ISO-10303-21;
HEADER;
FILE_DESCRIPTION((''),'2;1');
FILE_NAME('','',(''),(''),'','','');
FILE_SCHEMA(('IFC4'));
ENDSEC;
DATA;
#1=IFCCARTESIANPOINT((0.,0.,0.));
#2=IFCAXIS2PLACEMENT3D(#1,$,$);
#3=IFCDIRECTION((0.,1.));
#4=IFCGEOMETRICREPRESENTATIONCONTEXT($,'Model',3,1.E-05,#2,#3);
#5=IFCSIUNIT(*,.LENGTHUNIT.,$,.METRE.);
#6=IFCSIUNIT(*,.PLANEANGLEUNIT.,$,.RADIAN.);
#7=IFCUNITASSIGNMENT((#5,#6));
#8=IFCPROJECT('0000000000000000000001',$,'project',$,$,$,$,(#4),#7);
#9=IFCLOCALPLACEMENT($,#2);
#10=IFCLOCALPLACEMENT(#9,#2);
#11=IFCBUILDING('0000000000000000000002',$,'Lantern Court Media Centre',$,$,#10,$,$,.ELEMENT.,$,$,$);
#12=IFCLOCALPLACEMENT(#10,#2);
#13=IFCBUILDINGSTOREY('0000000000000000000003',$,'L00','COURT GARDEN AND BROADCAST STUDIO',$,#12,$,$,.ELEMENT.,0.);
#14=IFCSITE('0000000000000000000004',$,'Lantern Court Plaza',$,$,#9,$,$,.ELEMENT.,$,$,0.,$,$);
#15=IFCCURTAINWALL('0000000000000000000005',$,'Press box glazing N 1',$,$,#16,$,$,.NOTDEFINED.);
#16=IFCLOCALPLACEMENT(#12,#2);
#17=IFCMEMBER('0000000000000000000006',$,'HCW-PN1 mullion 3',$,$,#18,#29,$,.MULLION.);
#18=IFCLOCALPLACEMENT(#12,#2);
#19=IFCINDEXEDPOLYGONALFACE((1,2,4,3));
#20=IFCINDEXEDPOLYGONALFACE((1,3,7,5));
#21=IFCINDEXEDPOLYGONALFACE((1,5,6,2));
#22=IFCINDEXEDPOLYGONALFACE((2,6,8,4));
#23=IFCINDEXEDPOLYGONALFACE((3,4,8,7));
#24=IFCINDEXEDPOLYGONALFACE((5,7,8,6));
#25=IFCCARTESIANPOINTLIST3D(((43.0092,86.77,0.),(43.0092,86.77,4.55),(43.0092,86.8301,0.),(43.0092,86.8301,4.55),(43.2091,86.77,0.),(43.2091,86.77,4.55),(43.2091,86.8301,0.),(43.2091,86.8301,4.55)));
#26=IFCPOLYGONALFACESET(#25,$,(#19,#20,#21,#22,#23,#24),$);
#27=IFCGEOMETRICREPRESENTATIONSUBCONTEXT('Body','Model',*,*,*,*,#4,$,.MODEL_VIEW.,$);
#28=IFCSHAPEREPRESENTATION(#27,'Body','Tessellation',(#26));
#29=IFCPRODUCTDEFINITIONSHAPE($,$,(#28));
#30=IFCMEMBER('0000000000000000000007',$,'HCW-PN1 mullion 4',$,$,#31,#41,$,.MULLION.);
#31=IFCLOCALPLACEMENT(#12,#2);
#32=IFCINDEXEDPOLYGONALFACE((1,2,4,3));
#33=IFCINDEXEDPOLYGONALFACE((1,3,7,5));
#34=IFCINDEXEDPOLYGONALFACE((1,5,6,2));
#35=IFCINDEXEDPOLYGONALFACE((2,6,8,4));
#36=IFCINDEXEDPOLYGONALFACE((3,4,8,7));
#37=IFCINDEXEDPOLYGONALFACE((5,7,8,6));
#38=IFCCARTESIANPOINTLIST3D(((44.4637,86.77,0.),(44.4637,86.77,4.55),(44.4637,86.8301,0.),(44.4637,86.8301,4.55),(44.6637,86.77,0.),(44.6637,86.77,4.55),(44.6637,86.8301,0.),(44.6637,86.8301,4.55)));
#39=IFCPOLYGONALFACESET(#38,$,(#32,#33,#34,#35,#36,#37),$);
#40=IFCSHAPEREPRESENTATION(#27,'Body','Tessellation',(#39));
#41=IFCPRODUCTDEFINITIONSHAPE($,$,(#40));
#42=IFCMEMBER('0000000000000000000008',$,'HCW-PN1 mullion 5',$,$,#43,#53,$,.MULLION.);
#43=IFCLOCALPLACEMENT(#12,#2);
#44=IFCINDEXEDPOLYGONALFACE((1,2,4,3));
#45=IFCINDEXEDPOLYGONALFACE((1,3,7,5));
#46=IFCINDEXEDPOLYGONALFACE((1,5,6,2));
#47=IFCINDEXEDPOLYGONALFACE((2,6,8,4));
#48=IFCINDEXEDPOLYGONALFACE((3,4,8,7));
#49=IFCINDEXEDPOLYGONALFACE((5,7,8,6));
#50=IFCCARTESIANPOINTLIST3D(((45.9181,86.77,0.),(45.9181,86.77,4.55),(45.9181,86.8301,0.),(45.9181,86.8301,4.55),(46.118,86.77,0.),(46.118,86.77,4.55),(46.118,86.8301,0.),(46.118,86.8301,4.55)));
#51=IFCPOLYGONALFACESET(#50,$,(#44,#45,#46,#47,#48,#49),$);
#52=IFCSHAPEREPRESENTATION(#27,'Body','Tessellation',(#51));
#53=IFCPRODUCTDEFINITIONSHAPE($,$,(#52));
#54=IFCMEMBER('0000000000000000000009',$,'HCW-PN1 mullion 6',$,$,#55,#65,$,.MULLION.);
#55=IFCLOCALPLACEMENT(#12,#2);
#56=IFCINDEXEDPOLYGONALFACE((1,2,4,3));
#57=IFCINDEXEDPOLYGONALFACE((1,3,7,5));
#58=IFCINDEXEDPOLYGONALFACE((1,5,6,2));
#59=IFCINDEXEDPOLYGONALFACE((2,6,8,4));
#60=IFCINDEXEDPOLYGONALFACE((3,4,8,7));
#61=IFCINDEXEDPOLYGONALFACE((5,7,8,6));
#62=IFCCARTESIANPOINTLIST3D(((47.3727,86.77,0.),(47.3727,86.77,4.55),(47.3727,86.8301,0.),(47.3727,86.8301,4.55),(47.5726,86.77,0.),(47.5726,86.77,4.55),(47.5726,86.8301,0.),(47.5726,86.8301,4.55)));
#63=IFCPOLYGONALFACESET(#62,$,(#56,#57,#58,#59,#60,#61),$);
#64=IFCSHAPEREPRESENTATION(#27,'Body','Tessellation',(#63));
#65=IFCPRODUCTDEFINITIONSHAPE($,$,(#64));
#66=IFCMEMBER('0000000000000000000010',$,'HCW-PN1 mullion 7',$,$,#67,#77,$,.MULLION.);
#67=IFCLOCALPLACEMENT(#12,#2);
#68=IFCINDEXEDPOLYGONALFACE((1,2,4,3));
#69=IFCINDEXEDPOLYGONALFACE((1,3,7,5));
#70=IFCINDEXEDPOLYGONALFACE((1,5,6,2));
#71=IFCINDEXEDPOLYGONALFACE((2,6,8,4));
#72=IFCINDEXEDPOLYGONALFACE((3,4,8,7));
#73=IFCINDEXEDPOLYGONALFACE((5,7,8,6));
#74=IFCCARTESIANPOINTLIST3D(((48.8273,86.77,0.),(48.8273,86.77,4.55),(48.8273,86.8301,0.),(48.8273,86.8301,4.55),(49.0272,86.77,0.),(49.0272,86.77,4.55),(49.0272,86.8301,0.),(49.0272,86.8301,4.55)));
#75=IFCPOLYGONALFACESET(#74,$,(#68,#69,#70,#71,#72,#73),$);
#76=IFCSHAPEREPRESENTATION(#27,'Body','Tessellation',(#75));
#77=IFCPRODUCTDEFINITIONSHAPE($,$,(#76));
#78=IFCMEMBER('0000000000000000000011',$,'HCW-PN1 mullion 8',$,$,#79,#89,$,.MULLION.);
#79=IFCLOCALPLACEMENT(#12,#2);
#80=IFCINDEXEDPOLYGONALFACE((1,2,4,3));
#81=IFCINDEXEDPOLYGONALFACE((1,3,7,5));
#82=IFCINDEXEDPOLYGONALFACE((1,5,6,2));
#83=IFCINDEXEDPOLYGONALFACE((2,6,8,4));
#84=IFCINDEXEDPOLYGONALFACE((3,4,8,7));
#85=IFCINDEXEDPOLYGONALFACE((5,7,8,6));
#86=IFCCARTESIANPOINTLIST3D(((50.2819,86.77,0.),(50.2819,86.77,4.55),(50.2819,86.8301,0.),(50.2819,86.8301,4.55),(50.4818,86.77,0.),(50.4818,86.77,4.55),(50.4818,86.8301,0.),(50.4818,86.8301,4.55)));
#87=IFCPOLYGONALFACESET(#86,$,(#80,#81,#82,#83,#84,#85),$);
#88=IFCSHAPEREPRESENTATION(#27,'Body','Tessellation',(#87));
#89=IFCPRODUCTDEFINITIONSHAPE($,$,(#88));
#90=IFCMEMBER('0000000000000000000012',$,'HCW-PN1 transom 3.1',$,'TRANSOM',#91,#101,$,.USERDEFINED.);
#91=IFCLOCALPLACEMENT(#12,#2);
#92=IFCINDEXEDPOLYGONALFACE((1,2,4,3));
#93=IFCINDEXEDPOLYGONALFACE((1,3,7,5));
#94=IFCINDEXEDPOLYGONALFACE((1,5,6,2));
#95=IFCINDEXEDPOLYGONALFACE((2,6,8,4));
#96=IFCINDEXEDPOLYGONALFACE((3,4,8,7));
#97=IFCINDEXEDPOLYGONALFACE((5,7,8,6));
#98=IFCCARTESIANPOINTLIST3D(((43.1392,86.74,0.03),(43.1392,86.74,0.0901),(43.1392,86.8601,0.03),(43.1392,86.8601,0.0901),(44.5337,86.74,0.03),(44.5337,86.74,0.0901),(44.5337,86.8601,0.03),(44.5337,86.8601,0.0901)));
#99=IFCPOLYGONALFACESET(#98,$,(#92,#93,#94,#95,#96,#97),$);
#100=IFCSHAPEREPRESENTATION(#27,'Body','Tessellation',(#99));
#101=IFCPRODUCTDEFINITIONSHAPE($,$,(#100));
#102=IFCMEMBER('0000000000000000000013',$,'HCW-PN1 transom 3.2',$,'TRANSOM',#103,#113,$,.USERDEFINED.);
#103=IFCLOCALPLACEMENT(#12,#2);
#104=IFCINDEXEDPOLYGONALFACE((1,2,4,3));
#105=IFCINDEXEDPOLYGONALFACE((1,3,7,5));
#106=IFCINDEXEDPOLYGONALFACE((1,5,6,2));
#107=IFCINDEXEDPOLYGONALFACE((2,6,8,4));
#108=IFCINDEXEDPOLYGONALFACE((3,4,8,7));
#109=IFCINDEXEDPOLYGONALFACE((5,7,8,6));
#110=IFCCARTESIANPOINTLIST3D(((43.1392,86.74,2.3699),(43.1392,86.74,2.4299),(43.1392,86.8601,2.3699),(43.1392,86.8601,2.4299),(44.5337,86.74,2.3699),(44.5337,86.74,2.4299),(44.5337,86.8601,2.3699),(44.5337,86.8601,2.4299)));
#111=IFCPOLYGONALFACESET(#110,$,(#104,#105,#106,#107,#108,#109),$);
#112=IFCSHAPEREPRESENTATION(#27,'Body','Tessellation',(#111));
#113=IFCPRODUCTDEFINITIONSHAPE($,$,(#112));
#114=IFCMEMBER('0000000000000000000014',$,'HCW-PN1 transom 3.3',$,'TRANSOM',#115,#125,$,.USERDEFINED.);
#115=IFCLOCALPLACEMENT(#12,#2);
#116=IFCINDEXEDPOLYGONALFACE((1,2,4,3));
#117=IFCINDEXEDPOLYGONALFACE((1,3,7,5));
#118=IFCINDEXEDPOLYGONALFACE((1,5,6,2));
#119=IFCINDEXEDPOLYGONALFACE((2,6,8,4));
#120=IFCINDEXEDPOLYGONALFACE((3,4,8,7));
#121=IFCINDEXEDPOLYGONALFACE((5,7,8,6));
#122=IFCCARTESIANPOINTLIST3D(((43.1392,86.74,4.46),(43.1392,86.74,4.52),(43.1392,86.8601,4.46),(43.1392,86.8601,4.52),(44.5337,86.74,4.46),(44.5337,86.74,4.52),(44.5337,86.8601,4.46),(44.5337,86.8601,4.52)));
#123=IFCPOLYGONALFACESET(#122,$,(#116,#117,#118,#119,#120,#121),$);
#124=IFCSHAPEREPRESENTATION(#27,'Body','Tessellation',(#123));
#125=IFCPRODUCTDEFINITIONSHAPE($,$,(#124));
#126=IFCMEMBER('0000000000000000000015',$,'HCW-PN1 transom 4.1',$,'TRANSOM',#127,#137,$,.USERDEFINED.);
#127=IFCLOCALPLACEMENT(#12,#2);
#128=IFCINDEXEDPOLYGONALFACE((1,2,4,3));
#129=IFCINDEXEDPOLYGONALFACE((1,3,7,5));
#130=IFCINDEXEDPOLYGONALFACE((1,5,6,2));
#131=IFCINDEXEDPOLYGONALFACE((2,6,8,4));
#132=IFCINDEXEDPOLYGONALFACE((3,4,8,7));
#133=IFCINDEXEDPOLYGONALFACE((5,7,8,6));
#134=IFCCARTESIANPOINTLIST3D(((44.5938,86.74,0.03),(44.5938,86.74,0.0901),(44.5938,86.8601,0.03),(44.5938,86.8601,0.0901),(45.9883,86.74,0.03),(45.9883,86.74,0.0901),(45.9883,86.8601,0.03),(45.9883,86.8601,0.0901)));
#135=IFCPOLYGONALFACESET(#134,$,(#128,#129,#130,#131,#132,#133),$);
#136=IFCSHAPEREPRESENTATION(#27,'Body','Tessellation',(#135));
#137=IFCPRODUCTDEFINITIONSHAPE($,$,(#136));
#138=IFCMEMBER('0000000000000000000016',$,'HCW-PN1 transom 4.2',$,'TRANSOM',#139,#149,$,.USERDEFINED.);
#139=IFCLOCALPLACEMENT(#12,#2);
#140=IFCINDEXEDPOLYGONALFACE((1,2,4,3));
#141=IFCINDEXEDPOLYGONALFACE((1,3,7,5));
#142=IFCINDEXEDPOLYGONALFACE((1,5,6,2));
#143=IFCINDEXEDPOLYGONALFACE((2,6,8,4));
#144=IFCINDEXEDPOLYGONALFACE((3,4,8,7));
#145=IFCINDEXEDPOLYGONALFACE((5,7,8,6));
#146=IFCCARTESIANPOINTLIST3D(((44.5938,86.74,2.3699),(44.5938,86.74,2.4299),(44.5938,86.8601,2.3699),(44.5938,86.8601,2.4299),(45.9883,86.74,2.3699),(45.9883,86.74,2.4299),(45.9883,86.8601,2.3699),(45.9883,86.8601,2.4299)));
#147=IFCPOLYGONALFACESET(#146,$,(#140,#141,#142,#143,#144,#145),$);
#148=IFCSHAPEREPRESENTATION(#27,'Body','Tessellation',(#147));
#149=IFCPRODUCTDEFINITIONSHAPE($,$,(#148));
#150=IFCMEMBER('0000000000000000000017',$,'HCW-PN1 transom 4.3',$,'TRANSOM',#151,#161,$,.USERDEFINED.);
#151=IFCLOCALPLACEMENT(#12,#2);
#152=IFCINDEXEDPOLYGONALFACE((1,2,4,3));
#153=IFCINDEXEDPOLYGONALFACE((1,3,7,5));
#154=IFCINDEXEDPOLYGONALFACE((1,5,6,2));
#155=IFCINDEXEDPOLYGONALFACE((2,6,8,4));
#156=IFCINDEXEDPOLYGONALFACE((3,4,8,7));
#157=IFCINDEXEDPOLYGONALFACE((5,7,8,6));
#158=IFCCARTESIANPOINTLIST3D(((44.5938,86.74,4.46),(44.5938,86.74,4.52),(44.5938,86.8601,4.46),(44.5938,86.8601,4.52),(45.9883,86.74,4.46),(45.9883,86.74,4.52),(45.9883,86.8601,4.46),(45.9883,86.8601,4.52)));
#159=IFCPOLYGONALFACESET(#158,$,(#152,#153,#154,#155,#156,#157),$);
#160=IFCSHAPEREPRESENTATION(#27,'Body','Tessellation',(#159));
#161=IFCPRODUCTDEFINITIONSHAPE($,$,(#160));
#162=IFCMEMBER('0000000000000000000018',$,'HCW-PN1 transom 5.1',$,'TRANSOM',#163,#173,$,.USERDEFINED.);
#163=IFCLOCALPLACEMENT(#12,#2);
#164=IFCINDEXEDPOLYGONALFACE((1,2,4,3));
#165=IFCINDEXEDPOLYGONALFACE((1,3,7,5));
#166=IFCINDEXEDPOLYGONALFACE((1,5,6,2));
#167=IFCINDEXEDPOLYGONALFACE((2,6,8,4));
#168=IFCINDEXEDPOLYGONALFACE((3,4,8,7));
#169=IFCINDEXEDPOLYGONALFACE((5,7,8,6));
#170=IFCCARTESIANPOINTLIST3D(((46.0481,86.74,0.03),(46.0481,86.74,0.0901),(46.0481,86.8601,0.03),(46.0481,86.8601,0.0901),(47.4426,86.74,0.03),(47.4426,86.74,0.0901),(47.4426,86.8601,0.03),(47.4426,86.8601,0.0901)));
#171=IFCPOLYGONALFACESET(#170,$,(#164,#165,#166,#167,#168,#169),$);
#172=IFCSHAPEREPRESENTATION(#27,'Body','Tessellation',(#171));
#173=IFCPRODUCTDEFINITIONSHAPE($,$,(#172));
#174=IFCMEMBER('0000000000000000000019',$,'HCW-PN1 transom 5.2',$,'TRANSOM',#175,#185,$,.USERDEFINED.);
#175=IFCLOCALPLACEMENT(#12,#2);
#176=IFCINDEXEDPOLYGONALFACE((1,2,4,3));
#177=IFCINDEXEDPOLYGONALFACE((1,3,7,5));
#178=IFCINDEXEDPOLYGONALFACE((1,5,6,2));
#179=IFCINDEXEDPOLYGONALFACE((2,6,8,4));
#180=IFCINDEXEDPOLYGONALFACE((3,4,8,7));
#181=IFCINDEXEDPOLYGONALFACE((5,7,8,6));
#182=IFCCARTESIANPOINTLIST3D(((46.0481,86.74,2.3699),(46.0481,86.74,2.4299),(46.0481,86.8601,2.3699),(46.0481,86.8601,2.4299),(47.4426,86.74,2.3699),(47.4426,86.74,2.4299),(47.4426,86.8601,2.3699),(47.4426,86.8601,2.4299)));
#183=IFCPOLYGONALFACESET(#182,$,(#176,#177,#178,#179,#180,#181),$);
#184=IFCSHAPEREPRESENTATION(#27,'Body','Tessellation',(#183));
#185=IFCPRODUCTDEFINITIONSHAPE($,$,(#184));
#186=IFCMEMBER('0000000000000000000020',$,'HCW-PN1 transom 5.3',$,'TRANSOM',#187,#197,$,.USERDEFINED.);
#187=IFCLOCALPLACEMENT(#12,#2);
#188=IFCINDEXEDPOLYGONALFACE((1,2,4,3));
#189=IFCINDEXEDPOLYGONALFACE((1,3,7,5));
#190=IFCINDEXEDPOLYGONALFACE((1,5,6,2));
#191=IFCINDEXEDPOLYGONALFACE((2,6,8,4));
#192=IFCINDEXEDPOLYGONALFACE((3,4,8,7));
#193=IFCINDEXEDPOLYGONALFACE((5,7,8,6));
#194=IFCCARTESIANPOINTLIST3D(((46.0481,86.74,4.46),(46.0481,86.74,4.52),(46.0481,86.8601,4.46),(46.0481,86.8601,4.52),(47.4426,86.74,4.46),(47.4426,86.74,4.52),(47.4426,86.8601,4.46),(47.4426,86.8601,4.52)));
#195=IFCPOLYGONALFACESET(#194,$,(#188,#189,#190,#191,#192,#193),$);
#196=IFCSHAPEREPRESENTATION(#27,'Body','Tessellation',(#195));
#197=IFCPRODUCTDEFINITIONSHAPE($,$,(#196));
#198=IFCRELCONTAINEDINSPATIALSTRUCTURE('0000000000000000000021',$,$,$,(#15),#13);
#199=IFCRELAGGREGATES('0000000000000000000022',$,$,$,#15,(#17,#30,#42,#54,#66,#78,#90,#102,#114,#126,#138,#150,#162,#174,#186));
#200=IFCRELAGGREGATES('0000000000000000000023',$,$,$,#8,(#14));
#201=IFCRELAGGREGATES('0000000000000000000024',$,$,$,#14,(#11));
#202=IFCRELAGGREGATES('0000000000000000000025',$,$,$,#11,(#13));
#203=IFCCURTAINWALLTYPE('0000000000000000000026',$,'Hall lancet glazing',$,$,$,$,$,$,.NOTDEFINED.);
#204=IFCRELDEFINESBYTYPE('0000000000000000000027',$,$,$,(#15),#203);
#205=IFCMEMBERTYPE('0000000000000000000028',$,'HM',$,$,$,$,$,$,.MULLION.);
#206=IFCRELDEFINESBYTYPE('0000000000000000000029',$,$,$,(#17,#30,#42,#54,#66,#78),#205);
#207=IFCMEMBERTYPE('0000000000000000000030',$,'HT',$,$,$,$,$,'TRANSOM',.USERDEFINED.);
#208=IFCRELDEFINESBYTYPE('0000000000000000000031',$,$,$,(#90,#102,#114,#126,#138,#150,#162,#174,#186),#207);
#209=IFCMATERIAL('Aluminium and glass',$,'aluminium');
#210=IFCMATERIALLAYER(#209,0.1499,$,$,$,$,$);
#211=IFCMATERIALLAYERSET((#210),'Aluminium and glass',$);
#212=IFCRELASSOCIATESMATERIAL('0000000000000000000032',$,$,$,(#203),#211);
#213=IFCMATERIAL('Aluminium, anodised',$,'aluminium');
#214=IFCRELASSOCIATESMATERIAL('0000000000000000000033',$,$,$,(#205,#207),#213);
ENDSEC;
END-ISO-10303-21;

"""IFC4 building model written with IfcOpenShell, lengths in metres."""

from ifc_helpers import new_model, si_unit, direction, frame, origin, origin_2d, place, context, subcontext, project, spatial, rectangle, extrude, material, layer, layer_set, material_profile, profile_set, type_object, element, aggregate, save


model = new_model("IFC4")

# Units and contexts
model_context = context("Model", 3, precision=1e-05, world=origin(), true_north=direction((0.0, 1.0)))
body_context = subcontext(model_context, "Body", "Model", "MODEL_VIEW")
ifc_project = project(units=[si_unit("LENGTHUNIT", "METRE"), si_unit("PLANEANGLEUNIT", "RADIAN")], contexts=[model_context])

# Site, building, storey
site_placement = place(None, origin())
site = spatial("IfcSite", under=ifc_project, at=site_placement, Name="Lantern Court Plaza", CompositionType="ELEMENT", RefElevation=0.0)
building_placement = place(site_placement, origin())
building = spatial("IfcBuilding", under=site, at=building_placement, Name="Lantern Court Media Centre", CompositionType="ELEMENT")
storey_placement = place(building_placement, origin())
storey = spatial("IfcBuildingStorey", under=building, at=storey_placement, Name="L00", Description="COURT GARDEN AND BROADCAST STUDIO", CompositionType="ELEMENT", Elevation=0.0)

# Curtain wall, members
ifc_material_1 = material(Name="Aluminium and glass", Category="aluminium")
ifc_layer_1 = layer(ifc_material_1, 0.1499)
ifc_layer_set_1 = layer_set([ifc_layer_1], Name="Aluminium and glass")
curtain_wall_type = type_object("IfcCurtainWallType", Name="Hall lancet glazing", PredefinedType="NOTDEFINED", material=ifc_layer_set_1)
curtain_wall_placement = place(storey_placement, origin())
curtain_wall = element("IfcCurtainWall", 1, at=curtain_wall_placement, inside=storey, type_object=curtain_wall_type, Name="Press box glazing N 1", PredefinedType="NOTDEFINED")
ifc_material_2 = material(Name="Aluminium, anodised", Category="aluminium")
ifc_material_profile_1 = material_profile(ifc_material_2, rectangle(XDim=0.0601, YDim=0.2, at=origin_2d()), Name="HM")
ifc_profile_set_1 = profile_set([ifc_material_profile_1], Name="Aluminium, anodised")
member_type_1 = type_object("IfcMemberType", Name="HM", PredefinedType="MULLION", material=ifc_profile_set_1)
member_1_placement = place(storey_placement, frame((43.1091, 86.8, 0.0), z_axis=(0.0, 0.0, 1.0), x_axis=(0.0, 1.0, 0.0)))
member_1 = element("IfcMember", 2, at=member_1_placement, type_object=member_type_1, Name="HCW-PN1 mullion 3", PredefinedType="MULLION", context=body_context, shape_type="SweptSolid", body=[
    extrude(rectangle(XDim=0.0601, YDim=0.2, at=origin_2d()), origin(), (0.0, 0.0, 1.0), 4.55),
])
member_2_placement = place(storey_placement, frame((44.5637, 86.8, 0.0), z_axis=(0.0, 0.0, 1.0), x_axis=(0.0, 1.0, 0.0)))
member_2 = element("IfcMember", 3, at=member_2_placement, type_object=member_type_1, Name="HCW-PN1 mullion 4", PredefinedType="MULLION", context=body_context, shape_type="SweptSolid", body=[
    extrude(rectangle(XDim=0.0601, YDim=0.2, at=origin_2d()), origin(), (0.0, 0.0, 1.0), 4.55),
])
member_3_placement = place(storey_placement, frame((46.0181, 86.8, 0.0), z_axis=(0.0, 0.0, 1.0), x_axis=(0.0, 1.0, 0.0)))
member_3 = element("IfcMember", 4, at=member_3_placement, type_object=member_type_1, Name="HCW-PN1 mullion 5", PredefinedType="MULLION", context=body_context, shape_type="SweptSolid", body=[
    extrude(rectangle(XDim=0.0601, YDim=0.2, at=origin_2d()), origin(), (0.0, 0.0, 1.0), 4.55),
])
member_4_placement = place(storey_placement, frame((47.4727, 86.8, 0.0), z_axis=(0.0, 0.0, 1.0), x_axis=(0.0, 1.0, 0.0)))
member_4 = element("IfcMember", 5, at=member_4_placement, type_object=member_type_1, Name="HCW-PN1 mullion 6", PredefinedType="MULLION", context=body_context, shape_type="SweptSolid", body=[
    extrude(rectangle(XDim=0.0601, YDim=0.2, at=origin_2d()), origin(), (0.0, 0.0, 1.0), 4.55),
])
member_5_placement = place(storey_placement, frame((48.9272, 86.8, 0.0), z_axis=(0.0, 0.0, 1.0), x_axis=(0.0, 1.0, 0.0)))
member_5 = element("IfcMember", 6, at=member_5_placement, type_object=member_type_1, Name="HCW-PN1 mullion 7", PredefinedType="MULLION", context=body_context, shape_type="SweptSolid", body=[
    extrude(rectangle(XDim=0.0601, YDim=0.2, at=origin_2d()), origin(), (0.0, 0.0, 1.0), 4.55),
])
member_6_placement = place(storey_placement, frame((50.3818, 86.8, 0.0), z_axis=(0.0, 0.0, 1.0), x_axis=(0.0, 1.0, 0.0)))
member_6 = element("IfcMember", 7, at=member_6_placement, type_object=member_type_1, Name="HCW-PN1 mullion 8", PredefinedType="MULLION", context=body_context, shape_type="SweptSolid", body=[
    extrude(rectangle(XDim=0.0601, YDim=0.2, at=origin_2d()), origin(), (0.0, 0.0, 1.0), 4.55),
])
ifc_material_profile_2 = material_profile(ifc_material_2, rectangle(XDim=0.1201, YDim=0.0601, at=origin_2d()), Name="HT")
ifc_profile_set_2 = profile_set([ifc_material_profile_2], Name="Aluminium, anodised")
member_type_2 = type_object("IfcMemberType", Name="HT", ElementType="TRANSOM", PredefinedType="USERDEFINED", material=ifc_profile_set_2)
member_7_placement = place(storey_placement, frame((43.1392, 86.8, 0.0601), z_axis=(1.0, 0.0, 0.0), x_axis=(0.0, 1.0, 0.0)))
member_7 = element("IfcMember", 8, at=member_7_placement, type_object=member_type_2, Name="HCW-PN1 transom 3.1", ObjectType="TRANSOM", PredefinedType="USERDEFINED", context=body_context, shape_type="SweptSolid", body=[
    extrude(rectangle(XDim=0.1201, YDim=0.0601, at=origin_2d()), origin(), (0.0, 0.0, 1.0), 1.3945),
])
member_8_placement = place(storey_placement, frame((43.1392, 86.8, 2.3999), z_axis=(1.0, 0.0, 0.0), x_axis=(0.0, 1.0, 0.0)))
member_8 = element("IfcMember", 9, at=member_8_placement, type_object=member_type_2, Name="HCW-PN1 transom 3.2", ObjectType="TRANSOM", PredefinedType="USERDEFINED", context=body_context, shape_type="SweptSolid", body=[
    extrude(rectangle(XDim=0.1201, YDim=0.0601, at=origin_2d()), origin(), (0.0, 0.0, 1.0), 1.3945),
])
member_9_placement = place(storey_placement, frame((43.1392, 86.8, 4.49), z_axis=(1.0, 0.0, 0.0), x_axis=(0.0, 1.0, 0.0)))
member_9 = element("IfcMember", 10, at=member_9_placement, type_object=member_type_2, Name="HCW-PN1 transom 3.3", ObjectType="TRANSOM", PredefinedType="USERDEFINED", context=body_context, shape_type="SweptSolid", body=[
    extrude(rectangle(XDim=0.1201, YDim=0.0601, at=origin_2d()), origin(), (0.0, 0.0, 1.0), 1.3945),
])
member_10_placement = place(storey_placement, frame((44.5938, 86.8, 0.0601), z_axis=(1.0, 0.0, 0.0), x_axis=(0.0, 1.0, 0.0)))
member_10 = element("IfcMember", 11, at=member_10_placement, type_object=member_type_2, Name="HCW-PN1 transom 4.1", ObjectType="TRANSOM", PredefinedType="USERDEFINED", context=body_context, shape_type="SweptSolid", body=[
    extrude(rectangle(XDim=0.1201, YDim=0.0601, at=origin_2d()), origin(), (0.0, 0.0, 1.0), 1.3945),
])
member_11_placement = place(storey_placement, frame((44.5938, 86.8, 2.3999), z_axis=(1.0, 0.0, 0.0), x_axis=(0.0, 1.0, 0.0)))
member_11 = element("IfcMember", 12, at=member_11_placement, type_object=member_type_2, Name="HCW-PN1 transom 4.2", ObjectType="TRANSOM", PredefinedType="USERDEFINED", context=body_context, shape_type="SweptSolid", body=[
    extrude(rectangle(XDim=0.1201, YDim=0.0601, at=origin_2d()), origin(), (0.0, 0.0, 1.0), 1.3945),
])
member_12_placement = place(storey_placement, frame((44.5938, 86.8, 4.49), z_axis=(1.0, 0.0, 0.0), x_axis=(0.0, 1.0, 0.0)))
member_12 = element("IfcMember", 13, at=member_12_placement, type_object=member_type_2, Name="HCW-PN1 transom 4.3", ObjectType="TRANSOM", PredefinedType="USERDEFINED", context=body_context, shape_type="SweptSolid", body=[
    extrude(rectangle(XDim=0.1201, YDim=0.0601, at=origin_2d()), origin(), (0.0, 0.0, 1.0), 1.3945),
])
member_13_placement = place(storey_placement, frame((46.0481, 86.8, 0.0601), z_axis=(1.0, 0.0, 0.0), x_axis=(0.0, 1.0, 0.0)))
member_13 = element("IfcMember", 14, at=member_13_placement, type_object=member_type_2, Name="HCW-PN1 transom 5.1", ObjectType="TRANSOM", PredefinedType="USERDEFINED", context=body_context, shape_type="SweptSolid", body=[
    extrude(rectangle(XDim=0.1201, YDim=0.0601, at=origin_2d()), origin(), (0.0, 0.0, 1.0), 1.3945),
])
member_14_placement = place(storey_placement, frame((46.0481, 86.8, 2.3999), z_axis=(1.0, 0.0, 0.0), x_axis=(0.0, 1.0, 0.0)))
member_14 = element("IfcMember", 15, at=member_14_placement, type_object=member_type_2, Name="HCW-PN1 transom 5.2", ObjectType="TRANSOM", PredefinedType="USERDEFINED", context=body_context, shape_type="SweptSolid", body=[
    extrude(rectangle(XDim=0.1201, YDim=0.0601, at=origin_2d()), origin(), (0.0, 0.0, 1.0), 1.3945),
])
member_15_placement = place(storey_placement, frame((46.0481, 86.8, 4.49), z_axis=(1.0, 0.0, 0.0), x_axis=(0.0, 1.0, 0.0)))
member_15 = element("IfcMember", 16, at=member_15_placement, type_object=member_type_2, Name="HCW-PN1 transom 5.3", ObjectType="TRANSOM", PredefinedType="USERDEFINED", context=body_context, shape_type="SweptSolid", body=[
    extrude(rectangle(XDim=0.1201, YDim=0.0601, at=origin_2d()), origin(), (0.0, 0.0, 1.0), 1.3945),
])
aggregate(curtain_wall, [member_1, member_2, member_3, member_4, member_5, member_6, member_7, member_8, member_9, member_10, member_11, member_12, member_13, member_14, member_15])

save(model, "model.ifc")
